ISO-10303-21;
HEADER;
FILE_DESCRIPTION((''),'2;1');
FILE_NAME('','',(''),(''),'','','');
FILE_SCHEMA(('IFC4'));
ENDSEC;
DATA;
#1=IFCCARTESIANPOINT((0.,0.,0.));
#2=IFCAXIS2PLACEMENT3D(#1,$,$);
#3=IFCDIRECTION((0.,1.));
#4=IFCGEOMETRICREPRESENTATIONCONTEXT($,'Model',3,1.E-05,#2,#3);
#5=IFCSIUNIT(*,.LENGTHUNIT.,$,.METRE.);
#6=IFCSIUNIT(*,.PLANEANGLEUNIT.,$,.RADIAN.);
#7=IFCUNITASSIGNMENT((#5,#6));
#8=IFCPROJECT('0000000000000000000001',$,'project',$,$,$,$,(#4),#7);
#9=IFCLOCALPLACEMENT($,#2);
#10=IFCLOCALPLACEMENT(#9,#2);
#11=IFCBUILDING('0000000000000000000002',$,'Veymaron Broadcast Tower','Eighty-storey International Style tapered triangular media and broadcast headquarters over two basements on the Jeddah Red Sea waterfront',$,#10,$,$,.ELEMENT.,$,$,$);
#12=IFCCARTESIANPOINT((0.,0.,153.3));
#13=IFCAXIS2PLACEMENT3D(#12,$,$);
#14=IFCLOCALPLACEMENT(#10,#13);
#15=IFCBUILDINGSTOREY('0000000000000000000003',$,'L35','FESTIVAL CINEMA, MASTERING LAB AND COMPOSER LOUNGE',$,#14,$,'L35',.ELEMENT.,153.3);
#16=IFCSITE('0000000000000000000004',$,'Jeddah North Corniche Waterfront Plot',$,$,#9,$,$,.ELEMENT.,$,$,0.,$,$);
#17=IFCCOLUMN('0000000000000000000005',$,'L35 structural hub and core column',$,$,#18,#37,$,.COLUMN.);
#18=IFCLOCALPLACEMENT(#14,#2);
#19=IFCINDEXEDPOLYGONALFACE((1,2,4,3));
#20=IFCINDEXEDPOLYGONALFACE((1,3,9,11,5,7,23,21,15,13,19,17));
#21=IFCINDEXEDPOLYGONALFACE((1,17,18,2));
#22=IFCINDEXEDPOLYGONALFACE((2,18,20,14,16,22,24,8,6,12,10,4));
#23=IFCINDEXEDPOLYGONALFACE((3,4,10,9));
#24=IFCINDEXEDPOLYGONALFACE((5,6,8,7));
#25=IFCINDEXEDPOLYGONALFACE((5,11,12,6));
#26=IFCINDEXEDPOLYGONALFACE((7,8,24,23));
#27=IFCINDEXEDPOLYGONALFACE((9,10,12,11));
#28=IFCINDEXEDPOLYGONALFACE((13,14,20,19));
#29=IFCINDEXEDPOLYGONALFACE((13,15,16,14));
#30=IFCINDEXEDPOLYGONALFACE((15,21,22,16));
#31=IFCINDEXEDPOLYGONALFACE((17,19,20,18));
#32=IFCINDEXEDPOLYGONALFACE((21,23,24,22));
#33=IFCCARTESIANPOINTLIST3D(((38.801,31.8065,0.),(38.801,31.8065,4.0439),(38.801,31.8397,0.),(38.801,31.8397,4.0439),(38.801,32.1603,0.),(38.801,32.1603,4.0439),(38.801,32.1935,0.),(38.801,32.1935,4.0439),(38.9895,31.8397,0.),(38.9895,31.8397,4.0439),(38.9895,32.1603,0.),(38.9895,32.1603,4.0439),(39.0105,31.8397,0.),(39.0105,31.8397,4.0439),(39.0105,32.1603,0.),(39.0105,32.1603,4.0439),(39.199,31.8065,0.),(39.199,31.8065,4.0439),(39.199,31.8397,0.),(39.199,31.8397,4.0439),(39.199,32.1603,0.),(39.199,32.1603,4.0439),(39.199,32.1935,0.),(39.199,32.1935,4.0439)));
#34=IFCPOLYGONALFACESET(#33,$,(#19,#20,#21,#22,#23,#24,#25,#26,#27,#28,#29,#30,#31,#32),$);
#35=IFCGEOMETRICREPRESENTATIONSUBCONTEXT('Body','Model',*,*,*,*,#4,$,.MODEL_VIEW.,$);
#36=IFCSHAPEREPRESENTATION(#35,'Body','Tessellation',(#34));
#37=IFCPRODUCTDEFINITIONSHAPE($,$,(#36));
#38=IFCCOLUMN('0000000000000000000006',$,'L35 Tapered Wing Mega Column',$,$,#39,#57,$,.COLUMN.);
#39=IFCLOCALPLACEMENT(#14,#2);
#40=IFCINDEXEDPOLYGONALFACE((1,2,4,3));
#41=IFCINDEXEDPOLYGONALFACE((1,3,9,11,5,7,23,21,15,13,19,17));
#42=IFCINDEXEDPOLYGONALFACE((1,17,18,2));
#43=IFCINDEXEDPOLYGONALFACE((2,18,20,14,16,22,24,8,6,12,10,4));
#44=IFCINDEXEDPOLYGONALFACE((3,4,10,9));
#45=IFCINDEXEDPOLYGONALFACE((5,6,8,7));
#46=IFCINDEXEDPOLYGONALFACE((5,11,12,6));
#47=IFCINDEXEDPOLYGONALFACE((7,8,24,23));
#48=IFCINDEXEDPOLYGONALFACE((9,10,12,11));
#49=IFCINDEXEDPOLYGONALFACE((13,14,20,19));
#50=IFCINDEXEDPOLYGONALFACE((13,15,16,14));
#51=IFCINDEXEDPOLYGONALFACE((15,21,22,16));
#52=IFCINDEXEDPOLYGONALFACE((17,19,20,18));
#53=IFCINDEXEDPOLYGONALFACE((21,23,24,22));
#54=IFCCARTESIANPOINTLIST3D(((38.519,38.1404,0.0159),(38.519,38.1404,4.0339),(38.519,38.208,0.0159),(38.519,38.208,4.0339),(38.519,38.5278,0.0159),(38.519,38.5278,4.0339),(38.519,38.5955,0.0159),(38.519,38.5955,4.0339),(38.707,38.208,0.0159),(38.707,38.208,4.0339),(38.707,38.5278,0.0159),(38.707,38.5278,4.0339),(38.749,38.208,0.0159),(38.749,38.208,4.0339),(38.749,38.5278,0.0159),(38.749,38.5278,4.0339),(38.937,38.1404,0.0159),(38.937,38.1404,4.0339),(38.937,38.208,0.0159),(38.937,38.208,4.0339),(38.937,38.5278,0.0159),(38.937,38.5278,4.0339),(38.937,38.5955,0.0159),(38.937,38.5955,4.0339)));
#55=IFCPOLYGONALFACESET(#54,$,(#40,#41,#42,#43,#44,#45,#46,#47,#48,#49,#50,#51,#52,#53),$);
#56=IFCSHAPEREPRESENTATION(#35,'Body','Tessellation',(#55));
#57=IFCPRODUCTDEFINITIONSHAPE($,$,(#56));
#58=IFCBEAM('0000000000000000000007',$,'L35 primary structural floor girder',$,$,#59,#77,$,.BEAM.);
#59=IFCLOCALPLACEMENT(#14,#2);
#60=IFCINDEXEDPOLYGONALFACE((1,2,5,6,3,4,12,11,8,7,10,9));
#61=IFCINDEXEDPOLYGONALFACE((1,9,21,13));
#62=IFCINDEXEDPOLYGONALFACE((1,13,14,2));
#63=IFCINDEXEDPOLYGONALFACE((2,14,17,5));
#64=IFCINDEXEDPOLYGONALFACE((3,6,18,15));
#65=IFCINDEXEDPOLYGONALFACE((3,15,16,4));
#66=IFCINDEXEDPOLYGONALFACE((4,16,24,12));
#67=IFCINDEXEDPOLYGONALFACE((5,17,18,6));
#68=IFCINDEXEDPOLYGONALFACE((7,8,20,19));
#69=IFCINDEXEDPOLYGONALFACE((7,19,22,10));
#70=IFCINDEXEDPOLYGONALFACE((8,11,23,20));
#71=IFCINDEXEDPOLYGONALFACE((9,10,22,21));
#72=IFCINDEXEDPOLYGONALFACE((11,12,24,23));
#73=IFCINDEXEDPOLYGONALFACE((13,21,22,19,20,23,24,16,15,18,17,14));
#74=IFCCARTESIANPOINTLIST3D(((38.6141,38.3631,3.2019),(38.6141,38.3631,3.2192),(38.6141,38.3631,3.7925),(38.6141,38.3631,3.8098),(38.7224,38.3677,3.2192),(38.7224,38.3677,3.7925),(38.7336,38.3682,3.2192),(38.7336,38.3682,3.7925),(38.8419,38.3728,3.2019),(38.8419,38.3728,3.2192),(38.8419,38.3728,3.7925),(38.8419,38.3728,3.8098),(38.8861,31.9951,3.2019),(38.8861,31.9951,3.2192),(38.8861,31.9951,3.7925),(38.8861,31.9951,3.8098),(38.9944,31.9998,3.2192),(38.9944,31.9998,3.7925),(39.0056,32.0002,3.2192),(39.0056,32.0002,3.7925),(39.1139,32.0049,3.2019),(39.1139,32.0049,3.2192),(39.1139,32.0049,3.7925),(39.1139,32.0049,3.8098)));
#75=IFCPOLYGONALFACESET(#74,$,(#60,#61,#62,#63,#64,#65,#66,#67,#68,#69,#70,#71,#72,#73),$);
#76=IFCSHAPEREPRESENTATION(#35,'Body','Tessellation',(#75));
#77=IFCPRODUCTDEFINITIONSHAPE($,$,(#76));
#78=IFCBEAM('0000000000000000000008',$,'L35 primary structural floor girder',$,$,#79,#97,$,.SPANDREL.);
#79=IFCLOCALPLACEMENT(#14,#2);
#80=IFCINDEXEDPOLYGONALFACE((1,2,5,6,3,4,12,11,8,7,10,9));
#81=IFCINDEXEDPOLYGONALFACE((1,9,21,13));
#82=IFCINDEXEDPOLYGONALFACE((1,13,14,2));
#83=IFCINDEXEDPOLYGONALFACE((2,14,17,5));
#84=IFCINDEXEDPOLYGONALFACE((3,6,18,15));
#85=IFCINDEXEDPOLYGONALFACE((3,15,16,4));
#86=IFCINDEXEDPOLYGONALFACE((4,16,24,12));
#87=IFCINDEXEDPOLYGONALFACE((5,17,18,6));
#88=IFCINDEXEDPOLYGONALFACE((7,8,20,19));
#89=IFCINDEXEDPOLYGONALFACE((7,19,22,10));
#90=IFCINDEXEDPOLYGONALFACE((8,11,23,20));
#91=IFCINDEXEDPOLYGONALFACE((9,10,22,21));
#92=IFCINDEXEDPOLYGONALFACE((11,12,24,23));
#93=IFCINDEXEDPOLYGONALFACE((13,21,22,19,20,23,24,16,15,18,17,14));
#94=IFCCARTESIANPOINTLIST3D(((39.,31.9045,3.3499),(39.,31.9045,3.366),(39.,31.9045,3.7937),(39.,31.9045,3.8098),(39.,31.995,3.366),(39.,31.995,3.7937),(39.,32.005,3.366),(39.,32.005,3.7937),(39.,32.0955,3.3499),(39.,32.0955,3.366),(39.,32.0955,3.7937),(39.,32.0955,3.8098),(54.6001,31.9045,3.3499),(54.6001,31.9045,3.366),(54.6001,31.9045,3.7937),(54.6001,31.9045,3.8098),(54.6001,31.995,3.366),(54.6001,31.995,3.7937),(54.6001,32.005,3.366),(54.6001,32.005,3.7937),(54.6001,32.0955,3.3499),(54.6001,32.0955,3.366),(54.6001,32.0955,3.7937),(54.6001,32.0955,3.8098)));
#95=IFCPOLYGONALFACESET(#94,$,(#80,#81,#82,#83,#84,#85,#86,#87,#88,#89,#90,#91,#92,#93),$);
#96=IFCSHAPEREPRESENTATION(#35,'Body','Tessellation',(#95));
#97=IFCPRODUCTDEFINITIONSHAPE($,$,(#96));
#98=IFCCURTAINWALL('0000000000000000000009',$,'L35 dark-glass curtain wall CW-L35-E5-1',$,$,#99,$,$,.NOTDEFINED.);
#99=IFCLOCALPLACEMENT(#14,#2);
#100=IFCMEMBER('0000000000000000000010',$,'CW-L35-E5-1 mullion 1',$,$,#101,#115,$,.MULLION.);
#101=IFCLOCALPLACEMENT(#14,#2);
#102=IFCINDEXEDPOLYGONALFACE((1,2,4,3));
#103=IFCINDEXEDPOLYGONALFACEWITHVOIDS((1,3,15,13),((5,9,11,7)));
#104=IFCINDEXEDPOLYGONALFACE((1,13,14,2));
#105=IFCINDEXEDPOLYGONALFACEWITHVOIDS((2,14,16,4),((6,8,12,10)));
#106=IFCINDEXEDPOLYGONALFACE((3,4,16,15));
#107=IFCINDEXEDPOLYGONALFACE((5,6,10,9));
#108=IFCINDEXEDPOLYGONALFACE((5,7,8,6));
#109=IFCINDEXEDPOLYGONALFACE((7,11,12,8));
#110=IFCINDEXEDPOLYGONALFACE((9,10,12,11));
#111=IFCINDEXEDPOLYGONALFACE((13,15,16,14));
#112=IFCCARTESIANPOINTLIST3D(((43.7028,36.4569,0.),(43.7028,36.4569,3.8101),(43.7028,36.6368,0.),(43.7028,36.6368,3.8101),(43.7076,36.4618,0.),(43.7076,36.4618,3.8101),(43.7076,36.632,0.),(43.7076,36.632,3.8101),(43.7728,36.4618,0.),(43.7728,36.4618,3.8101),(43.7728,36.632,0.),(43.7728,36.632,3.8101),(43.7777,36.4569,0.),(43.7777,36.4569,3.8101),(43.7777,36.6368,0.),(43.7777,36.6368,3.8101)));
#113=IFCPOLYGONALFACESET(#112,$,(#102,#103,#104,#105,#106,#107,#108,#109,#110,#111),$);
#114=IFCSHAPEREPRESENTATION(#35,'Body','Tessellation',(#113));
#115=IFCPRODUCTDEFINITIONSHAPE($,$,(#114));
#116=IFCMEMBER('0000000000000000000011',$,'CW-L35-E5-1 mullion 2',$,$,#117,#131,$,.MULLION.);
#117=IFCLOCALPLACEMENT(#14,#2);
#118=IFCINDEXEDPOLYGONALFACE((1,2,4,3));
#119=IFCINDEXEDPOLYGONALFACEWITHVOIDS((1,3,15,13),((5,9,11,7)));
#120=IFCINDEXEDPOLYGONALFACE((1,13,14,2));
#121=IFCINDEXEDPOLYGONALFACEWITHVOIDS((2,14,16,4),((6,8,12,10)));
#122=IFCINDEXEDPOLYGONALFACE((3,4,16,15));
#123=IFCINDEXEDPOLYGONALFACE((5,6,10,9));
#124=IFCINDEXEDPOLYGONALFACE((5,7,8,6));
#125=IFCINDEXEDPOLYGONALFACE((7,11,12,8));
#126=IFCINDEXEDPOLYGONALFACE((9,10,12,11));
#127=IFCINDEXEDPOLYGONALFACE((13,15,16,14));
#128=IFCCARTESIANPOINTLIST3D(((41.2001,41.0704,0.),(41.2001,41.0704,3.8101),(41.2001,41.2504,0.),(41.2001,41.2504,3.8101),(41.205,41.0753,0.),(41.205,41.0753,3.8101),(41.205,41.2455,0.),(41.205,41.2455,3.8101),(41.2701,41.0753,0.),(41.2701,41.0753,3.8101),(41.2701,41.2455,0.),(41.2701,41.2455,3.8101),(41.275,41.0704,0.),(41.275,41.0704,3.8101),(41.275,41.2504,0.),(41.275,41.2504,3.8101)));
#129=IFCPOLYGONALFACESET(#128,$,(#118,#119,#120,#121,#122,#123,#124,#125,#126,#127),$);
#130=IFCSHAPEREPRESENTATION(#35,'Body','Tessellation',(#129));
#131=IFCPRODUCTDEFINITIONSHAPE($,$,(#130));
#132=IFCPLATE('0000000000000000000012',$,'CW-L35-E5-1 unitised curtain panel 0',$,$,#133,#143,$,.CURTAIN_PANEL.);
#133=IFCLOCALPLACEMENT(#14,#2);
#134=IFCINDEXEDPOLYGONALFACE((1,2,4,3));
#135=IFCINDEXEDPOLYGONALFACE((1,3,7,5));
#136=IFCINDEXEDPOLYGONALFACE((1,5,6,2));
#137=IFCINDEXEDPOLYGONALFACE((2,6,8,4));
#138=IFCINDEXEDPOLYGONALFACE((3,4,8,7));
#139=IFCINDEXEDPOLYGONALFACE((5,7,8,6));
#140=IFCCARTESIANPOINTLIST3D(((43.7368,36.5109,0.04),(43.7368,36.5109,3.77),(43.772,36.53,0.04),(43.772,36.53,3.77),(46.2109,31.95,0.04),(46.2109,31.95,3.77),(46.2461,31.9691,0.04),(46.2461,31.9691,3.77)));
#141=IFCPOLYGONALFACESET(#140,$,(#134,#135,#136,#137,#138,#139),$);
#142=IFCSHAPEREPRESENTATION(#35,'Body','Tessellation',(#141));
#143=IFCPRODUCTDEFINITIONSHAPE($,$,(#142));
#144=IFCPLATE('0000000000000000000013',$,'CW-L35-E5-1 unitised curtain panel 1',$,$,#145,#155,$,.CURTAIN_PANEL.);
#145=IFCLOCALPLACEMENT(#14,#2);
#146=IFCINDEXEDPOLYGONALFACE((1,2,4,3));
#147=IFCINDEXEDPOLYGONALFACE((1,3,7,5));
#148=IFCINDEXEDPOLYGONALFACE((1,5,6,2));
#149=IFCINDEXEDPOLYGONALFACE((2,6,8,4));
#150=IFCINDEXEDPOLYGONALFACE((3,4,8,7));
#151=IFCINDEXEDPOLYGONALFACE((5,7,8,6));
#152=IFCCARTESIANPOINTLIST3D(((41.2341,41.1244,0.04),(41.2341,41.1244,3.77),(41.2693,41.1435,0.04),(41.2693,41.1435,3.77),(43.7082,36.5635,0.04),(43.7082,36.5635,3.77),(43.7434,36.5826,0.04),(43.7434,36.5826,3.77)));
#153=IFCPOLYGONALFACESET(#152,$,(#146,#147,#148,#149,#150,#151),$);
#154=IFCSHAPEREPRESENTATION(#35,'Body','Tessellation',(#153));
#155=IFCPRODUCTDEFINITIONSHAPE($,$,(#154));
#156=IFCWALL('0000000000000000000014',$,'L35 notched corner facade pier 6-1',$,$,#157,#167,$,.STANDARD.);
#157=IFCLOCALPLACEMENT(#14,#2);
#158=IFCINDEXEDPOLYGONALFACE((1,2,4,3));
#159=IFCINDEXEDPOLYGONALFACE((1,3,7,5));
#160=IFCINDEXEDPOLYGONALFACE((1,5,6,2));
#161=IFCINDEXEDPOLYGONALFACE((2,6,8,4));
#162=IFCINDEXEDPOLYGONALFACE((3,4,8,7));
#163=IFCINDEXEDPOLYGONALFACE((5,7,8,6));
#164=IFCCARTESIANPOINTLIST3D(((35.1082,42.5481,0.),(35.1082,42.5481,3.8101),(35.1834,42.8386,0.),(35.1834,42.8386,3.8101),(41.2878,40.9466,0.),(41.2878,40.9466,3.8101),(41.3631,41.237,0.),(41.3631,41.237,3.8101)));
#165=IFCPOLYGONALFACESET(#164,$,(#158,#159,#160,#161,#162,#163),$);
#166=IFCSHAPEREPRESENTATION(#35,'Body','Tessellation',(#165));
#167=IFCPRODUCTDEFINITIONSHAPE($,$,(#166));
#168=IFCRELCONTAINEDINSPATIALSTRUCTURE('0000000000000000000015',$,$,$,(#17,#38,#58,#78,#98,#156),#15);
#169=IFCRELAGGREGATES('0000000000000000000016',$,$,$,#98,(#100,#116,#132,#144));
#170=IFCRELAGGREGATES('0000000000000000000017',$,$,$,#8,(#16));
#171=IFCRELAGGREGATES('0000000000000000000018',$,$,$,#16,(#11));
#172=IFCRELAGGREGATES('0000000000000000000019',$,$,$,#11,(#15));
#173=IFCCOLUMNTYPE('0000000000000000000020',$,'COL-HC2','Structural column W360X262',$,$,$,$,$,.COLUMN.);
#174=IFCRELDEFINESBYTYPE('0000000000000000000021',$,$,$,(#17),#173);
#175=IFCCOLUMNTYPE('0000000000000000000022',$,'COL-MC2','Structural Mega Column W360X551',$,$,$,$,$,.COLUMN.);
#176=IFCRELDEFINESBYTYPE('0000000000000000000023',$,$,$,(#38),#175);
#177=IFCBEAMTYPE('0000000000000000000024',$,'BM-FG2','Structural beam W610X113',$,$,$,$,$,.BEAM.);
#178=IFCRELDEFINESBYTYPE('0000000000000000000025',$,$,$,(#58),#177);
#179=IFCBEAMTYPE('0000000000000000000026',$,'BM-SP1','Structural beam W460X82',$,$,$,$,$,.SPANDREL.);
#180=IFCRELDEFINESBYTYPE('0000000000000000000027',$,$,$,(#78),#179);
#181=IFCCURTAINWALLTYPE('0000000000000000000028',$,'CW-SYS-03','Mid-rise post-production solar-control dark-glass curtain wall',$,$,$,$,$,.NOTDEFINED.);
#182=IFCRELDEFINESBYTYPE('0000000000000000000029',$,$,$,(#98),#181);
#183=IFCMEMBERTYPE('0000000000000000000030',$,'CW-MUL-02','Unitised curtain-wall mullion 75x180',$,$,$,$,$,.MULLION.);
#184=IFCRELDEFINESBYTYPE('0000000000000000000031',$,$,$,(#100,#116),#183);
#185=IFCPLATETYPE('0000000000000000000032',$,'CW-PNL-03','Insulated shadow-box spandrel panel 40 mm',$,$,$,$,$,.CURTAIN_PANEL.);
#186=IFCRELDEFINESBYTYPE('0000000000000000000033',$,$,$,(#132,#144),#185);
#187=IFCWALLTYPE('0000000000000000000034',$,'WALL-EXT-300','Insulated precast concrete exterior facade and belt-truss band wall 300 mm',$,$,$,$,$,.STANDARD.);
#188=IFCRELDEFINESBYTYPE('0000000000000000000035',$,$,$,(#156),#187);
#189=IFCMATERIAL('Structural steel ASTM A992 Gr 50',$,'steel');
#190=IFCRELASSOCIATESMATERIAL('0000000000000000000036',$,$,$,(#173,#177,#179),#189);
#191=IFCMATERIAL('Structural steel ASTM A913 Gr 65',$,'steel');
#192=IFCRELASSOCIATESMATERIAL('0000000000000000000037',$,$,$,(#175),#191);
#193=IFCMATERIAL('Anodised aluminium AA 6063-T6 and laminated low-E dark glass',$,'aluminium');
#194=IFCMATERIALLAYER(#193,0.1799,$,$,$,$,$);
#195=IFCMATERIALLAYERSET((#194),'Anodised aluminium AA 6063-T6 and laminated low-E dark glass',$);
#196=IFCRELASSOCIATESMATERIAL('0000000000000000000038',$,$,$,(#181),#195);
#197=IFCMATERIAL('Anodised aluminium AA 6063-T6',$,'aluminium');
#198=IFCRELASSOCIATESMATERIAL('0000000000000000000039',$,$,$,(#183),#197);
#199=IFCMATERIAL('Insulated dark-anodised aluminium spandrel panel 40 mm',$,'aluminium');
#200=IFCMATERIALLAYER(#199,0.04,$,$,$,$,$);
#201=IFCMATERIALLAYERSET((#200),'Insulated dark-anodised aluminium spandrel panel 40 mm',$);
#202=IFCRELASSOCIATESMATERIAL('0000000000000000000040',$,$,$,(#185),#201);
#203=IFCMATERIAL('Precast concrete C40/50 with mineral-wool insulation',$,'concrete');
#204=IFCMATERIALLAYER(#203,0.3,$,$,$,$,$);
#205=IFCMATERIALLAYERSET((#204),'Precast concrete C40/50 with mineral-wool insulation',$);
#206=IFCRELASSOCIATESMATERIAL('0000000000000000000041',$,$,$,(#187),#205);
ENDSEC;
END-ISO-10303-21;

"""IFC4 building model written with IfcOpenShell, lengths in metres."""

from ifc_helpers import new_model, si_unit, direction, frame, frame_2d, origin, origin_2d, place, context, subcontext, project, spatial, rectangle, hollow_rectangle, i_section, extrude, material, layer, layer_set, material_profile, profile_set, type_object, element, aggregate, save


model = new_model("IFC4")

# Units and contexts
model_context = context("Model", 3, precision=1e-05, world=origin(), true_north=direction((0.0, 1.0)))
body_context = subcontext(model_context, "Body", "Model", "MODEL_VIEW")
ifc_project = project(units=[si_unit("LENGTHUNIT", "METRE"), si_unit("PLANEANGLEUNIT", "RADIAN")], contexts=[model_context])

# Site, building, storey
site_placement = place(None, origin())
site = spatial("IfcSite", under=ifc_project, at=site_placement, Name="Jeddah North Corniche Waterfront Plot", CompositionType="ELEMENT", RefElevation=0.0)
building_placement = place(site_placement, origin())
building = spatial("IfcBuilding", under=site, at=building_placement, Name="Veymaron Broadcast Tower", Description="Eighty-storey International Style tapered triangular media and broadcast headquarters over two basements on the Jeddah Red Sea waterfront", CompositionType="ELEMENT")
storey_placement = place(building_placement, frame((0.0, 0.0, 153.3)))
storey = spatial("IfcBuildingStorey", under=building, at=storey_placement, Name="L35", Description="FESTIVAL CINEMA, MASTERING LAB AND COMPOSER LOUNGE", LongName="L35", CompositionType="ELEMENT", Elevation=153.3)

# Columns
ifc_material_1 = material(Name="Structural steel ASTM A992 Gr 50", Category="steel")
ifc_material_profile_1 = material_profile(ifc_material_1, i_section(OverallWidth=0.3979, OverallDepth=0.387, WebThickness=0.021, FlangeThickness=0.0332, at=origin_2d()), Name="W360X262")
ifc_profile_set_1 = profile_set([ifc_material_profile_1], Name="Structural steel ASTM A992 Gr 50")
column_type_1 = type_object("IfcColumnType", Name="COL-HC2", Description="Structural column W360X262", PredefinedType="COLUMN", material=ifc_profile_set_1)
column_1_placement = place(storey_placement, frame((39.0, 32.0, 0.0), z_axis=(0.0, 0.0, 1.0), x_axis=(1.0, 0.0, 0.0)))
element("IfcColumn", 1, at=column_1_placement, inside=storey, type_object=column_type_1, Name="L35 structural hub and core column", PredefinedType="COLUMN", context=body_context, shape_type="SweptSolid", body=[
    extrude(i_section(OverallWidth=0.3979, OverallDepth=0.387, WebThickness=0.021, FlangeThickness=0.0332, at=origin_2d()), origin(), (0.0, 0.0, 1.0), 4.0439),
])
ifc_material_2 = material(Name="Structural steel ASTM A913 Gr 65", Category="steel")
ifc_material_profile_2 = material_profile(ifc_material_2, i_section(OverallWidth=0.418, OverallDepth=0.4551, WebThickness=0.042, FlangeThickness=0.0676, at=origin_2d()), Name="W360X551")
ifc_profile_set_2 = profile_set([ifc_material_profile_2], Name="Structural steel ASTM A913 Gr 65")
column_type_2 = type_object("IfcColumnType", Name="COL-MC2", Description="Structural Mega Column W360X551", PredefinedType="COLUMN", material=ifc_profile_set_2)
column_2_placement = place(storey_placement, frame((38.728, 38.3679, 0.0159), z_axis=(0.0, 0.0, 1.0), x_axis=(1.0, 0.0, 0.0)))
element("IfcColumn", 2, at=column_2_placement, inside=storey, type_object=column_type_2, Name="L35 Tapered Wing Mega Column", PredefinedType="COLUMN", context=body_context, shape_type="SweptSolid", body=[
    extrude(i_section(OverallWidth=0.418, OverallDepth=0.4551, WebThickness=0.042, FlangeThickness=0.0676, at=origin_2d()), origin(), (0.0, 0.0, 1.0), 4.0181),
])

# Beams
ifc_material_profile_3 = material_profile(ifc_material_1, i_section(OverallWidth=0.228, OverallDepth=0.6079, WebThickness=0.0112, FlangeThickness=0.0173, at=origin_2d()), Name="W610X113")
ifc_profile_set_3 = profile_set([ifc_material_profile_3], Name="Structural steel ASTM A992 Gr 50")
beam_type_1 = type_object("IfcBeamType", Name="BM-FG2", Description="Structural beam W610X113", PredefinedType="BEAM", material=ifc_profile_set_3)
beam_1_placement = place(storey_placement, frame((39.0, 32.0, 3.5059), z_axis=(-0.042671, 0.999089, 0.0), x_axis=(-0.999089, -0.042671, 0.0)))
element("IfcBeam", 3, at=beam_1_placement, inside=storey, type_object=beam_type_1, Name="L35 primary structural floor girder", PredefinedType="BEAM", context=body_context, shape_type="SweptSolid", body=[
    extrude(i_section(OverallWidth=0.228, OverallDepth=0.6079, WebThickness=0.0112, FlangeThickness=0.0173, at=origin_2d()), origin(), (0.0, 0.0, 1.0), 6.3738),
])
ifc_material_profile_4 = material_profile(ifc_material_1, i_section(OverallWidth=0.1909, OverallDepth=0.46, WebThickness=0.01, FlangeThickness=0.0161, at=origin_2d()), Name="W460X82")
ifc_profile_set_4 = profile_set([ifc_material_profile_4], Name="Structural steel ASTM A992 Gr 50")
beam_type_2 = type_object("IfcBeamType", Name="BM-SP1", Description="Structural beam W460X82", PredefinedType="SPANDREL", material=ifc_profile_set_4)
beam_2_placement = place(storey_placement, frame((39.0, 32.0, 3.5798), z_axis=(1.0, 0.0, 0.0), x_axis=(0.0, 1.0, 0.0)))
element("IfcBeam", 4, at=beam_2_placement, inside=storey, type_object=beam_type_2, Name="L35 primary structural floor girder", PredefinedType="SPANDREL", context=body_context, shape_type="SweptSolid", body=[
    extrude(i_section(OverallWidth=0.1909, OverallDepth=0.46, WebThickness=0.01, FlangeThickness=0.0161, at=origin_2d()), origin(), (0.0, 0.0, 1.0), 15.6001),
])

# Curtain wall, members, plates
ifc_material_3 = material(Name="Anodised aluminium AA 6063-T6 and laminated low-E dark glass", Category="aluminium")
ifc_layer_1 = layer(ifc_material_3, 0.1799)
ifc_layer_set_1 = layer_set([ifc_layer_1], Name="Anodised aluminium AA 6063-T6 and laminated low-E dark glass")
curtain_wall_type = type_object("IfcCurtainWallType", Name="CW-SYS-03", Description="Mid-rise post-production solar-control dark-glass curtain wall", PredefinedType="NOTDEFINED", material=ifc_layer_set_1)
curtain_wall_placement = place(storey_placement, origin())
curtain_wall = element("IfcCurtainWall", 5, at=curtain_wall_placement, inside=storey, type_object=curtain_wall_type, Name="L35 dark-glass curtain wall CW-L35-E5-1", PredefinedType="NOTDEFINED")
ifc_material_4 = material(Name="Anodised aluminium AA 6063-T6", Category="aluminium")
ifc_material_profile_5 = material_profile(ifc_material_4, hollow_rectangle(XDim=0.075, YDim=0.1799, WallThickness=0.0049, at=origin_2d()), Name="AL180X75X5")
ifc_profile_set_5 = profile_set([ifc_material_profile_5], Name="Anodised aluminium AA 6063-T6")
member_type = type_object("IfcMemberType", Name="CW-MUL-02", Description="Unitised curtain-wall mullion 75x180", PredefinedType="MULLION", material=ifc_profile_set_5)
member_1_placement = place(storey_placement, frame((43.7402, 36.5469, 0.0), z_axis=(0.0, 0.0, 1.0), x_axis=(1.0, 0.0, 0.0)))
member_1 = element("IfcMember", 6, at=member_1_placement, type_object=member_type, Name="CW-L35-E5-1 mullion 1", PredefinedType="MULLION", context=body_context, shape_type="SweptSolid", body=[
    extrude(hollow_rectangle(XDim=0.075, YDim=0.1799, WallThickness=0.0049, at=origin_2d()), origin(), (0.0, 0.0, 1.0), 3.8101),
])
member_2_placement = place(storey_placement, frame((41.2375, 41.1604, 0.0), z_axis=(0.0, 0.0, 1.0), x_axis=(1.0, 0.0, 0.0)))
member_2 = element("IfcMember", 7, at=member_2_placement, type_object=member_type, Name="CW-L35-E5-1 mullion 2", PredefinedType="MULLION", context=body_context, shape_type="SweptSolid", body=[
    extrude(hollow_rectangle(XDim=0.075, YDim=0.1799, WallThickness=0.0049, at=origin_2d()), origin(), (0.0, 0.0, 1.0), 3.8101),
])
ifc_material_5 = material(Name="Insulated dark-anodised aluminium spandrel panel 40 mm", Category="aluminium")
ifc_layer_2 = layer(ifc_material_5, 0.04)
ifc_layer_set_2 = layer_set([ifc_layer_2], Name="Insulated dark-anodised aluminium spandrel panel 40 mm")
plate_type = type_object("IfcPlateType", Name="CW-PNL-03", Description="Insulated shadow-box spandrel panel 40 mm", PredefinedType="CURTAIN_PANEL", material=ifc_layer_set_2)
plate_1_placement = place(storey_placement, frame((44.9915, 34.24, 0.04), z_axis=(0.0, 0.0, 1.0), x_axis=(-0.476821, 0.879, 0.0)))
plate_1 = element("IfcPlate", 8, at=plate_1_placement, type_object=plate_type, Name="CW-L35-E5-1 unitised curtain panel 0", PredefinedType="CURTAIN_PANEL", context=body_context, shape_type="SweptSolid", body=[
    extrude(rectangle(XDim=5.1887, YDim=0.04, at=origin_2d()), origin(), (0.0, 0.0, 1.0), 3.73),
])
plate_2_placement = place(storey_placement, frame((42.4888, 38.8535, 0.04), z_axis=(0.0, 0.0, 1.0), x_axis=(-0.476821, 0.879, 0.0)))
plate_2 = element("IfcPlate", 9, at=plate_2_placement, type_object=plate_type, Name="CW-L35-E5-1 unitised curtain panel 1", PredefinedType="CURTAIN_PANEL", context=body_context, shape_type="SweptSolid", body=[
    extrude(rectangle(XDim=5.1887, YDim=0.04, at=origin_2d()), origin(), (0.0, 0.0, 1.0), 3.73),
])
aggregate(curtain_wall, [member_1, member_2, plate_1, plate_2])

# Wall
ifc_material_6 = material(Name="Precast concrete C40/50 with mineral-wool insulation", Category="concrete")
ifc_layer_3 = layer(ifc_material_6, 0.3)
ifc_layer_set_3 = layer_set([ifc_layer_3], Name="Precast concrete C40/50 with mineral-wool insulation")
wall_type_1 = type_object("IfcWallType", Name="WALL-EXT-300", Description="Insulated precast concrete exterior facade and belt-truss band wall 300 mm", PredefinedType="STANDARD", material=ifc_layer_set_3)
wall_1_placement = place(storey_placement, frame((41.3254, 41.0918, 0.0), z_axis=(0.0, 0.0, 1.0), x_axis=(-0.968019, 0.250877, 0.0)))
element("IfcWall", 10, at=wall_1_placement, inside=storey, type_object=wall_type_1, Name="L35 notched corner facade pier 6-1", PredefinedType="STANDARD", context=body_context, shape_type="SweptSolid", body=[
    extrude(rectangle(XDim=6.3838, YDim=0.3, at=frame_2d((3.1919, 0.0))), origin(), (0.0, 0.0, 1.0), 3.8101),
])

save(model, "model.ifc")
